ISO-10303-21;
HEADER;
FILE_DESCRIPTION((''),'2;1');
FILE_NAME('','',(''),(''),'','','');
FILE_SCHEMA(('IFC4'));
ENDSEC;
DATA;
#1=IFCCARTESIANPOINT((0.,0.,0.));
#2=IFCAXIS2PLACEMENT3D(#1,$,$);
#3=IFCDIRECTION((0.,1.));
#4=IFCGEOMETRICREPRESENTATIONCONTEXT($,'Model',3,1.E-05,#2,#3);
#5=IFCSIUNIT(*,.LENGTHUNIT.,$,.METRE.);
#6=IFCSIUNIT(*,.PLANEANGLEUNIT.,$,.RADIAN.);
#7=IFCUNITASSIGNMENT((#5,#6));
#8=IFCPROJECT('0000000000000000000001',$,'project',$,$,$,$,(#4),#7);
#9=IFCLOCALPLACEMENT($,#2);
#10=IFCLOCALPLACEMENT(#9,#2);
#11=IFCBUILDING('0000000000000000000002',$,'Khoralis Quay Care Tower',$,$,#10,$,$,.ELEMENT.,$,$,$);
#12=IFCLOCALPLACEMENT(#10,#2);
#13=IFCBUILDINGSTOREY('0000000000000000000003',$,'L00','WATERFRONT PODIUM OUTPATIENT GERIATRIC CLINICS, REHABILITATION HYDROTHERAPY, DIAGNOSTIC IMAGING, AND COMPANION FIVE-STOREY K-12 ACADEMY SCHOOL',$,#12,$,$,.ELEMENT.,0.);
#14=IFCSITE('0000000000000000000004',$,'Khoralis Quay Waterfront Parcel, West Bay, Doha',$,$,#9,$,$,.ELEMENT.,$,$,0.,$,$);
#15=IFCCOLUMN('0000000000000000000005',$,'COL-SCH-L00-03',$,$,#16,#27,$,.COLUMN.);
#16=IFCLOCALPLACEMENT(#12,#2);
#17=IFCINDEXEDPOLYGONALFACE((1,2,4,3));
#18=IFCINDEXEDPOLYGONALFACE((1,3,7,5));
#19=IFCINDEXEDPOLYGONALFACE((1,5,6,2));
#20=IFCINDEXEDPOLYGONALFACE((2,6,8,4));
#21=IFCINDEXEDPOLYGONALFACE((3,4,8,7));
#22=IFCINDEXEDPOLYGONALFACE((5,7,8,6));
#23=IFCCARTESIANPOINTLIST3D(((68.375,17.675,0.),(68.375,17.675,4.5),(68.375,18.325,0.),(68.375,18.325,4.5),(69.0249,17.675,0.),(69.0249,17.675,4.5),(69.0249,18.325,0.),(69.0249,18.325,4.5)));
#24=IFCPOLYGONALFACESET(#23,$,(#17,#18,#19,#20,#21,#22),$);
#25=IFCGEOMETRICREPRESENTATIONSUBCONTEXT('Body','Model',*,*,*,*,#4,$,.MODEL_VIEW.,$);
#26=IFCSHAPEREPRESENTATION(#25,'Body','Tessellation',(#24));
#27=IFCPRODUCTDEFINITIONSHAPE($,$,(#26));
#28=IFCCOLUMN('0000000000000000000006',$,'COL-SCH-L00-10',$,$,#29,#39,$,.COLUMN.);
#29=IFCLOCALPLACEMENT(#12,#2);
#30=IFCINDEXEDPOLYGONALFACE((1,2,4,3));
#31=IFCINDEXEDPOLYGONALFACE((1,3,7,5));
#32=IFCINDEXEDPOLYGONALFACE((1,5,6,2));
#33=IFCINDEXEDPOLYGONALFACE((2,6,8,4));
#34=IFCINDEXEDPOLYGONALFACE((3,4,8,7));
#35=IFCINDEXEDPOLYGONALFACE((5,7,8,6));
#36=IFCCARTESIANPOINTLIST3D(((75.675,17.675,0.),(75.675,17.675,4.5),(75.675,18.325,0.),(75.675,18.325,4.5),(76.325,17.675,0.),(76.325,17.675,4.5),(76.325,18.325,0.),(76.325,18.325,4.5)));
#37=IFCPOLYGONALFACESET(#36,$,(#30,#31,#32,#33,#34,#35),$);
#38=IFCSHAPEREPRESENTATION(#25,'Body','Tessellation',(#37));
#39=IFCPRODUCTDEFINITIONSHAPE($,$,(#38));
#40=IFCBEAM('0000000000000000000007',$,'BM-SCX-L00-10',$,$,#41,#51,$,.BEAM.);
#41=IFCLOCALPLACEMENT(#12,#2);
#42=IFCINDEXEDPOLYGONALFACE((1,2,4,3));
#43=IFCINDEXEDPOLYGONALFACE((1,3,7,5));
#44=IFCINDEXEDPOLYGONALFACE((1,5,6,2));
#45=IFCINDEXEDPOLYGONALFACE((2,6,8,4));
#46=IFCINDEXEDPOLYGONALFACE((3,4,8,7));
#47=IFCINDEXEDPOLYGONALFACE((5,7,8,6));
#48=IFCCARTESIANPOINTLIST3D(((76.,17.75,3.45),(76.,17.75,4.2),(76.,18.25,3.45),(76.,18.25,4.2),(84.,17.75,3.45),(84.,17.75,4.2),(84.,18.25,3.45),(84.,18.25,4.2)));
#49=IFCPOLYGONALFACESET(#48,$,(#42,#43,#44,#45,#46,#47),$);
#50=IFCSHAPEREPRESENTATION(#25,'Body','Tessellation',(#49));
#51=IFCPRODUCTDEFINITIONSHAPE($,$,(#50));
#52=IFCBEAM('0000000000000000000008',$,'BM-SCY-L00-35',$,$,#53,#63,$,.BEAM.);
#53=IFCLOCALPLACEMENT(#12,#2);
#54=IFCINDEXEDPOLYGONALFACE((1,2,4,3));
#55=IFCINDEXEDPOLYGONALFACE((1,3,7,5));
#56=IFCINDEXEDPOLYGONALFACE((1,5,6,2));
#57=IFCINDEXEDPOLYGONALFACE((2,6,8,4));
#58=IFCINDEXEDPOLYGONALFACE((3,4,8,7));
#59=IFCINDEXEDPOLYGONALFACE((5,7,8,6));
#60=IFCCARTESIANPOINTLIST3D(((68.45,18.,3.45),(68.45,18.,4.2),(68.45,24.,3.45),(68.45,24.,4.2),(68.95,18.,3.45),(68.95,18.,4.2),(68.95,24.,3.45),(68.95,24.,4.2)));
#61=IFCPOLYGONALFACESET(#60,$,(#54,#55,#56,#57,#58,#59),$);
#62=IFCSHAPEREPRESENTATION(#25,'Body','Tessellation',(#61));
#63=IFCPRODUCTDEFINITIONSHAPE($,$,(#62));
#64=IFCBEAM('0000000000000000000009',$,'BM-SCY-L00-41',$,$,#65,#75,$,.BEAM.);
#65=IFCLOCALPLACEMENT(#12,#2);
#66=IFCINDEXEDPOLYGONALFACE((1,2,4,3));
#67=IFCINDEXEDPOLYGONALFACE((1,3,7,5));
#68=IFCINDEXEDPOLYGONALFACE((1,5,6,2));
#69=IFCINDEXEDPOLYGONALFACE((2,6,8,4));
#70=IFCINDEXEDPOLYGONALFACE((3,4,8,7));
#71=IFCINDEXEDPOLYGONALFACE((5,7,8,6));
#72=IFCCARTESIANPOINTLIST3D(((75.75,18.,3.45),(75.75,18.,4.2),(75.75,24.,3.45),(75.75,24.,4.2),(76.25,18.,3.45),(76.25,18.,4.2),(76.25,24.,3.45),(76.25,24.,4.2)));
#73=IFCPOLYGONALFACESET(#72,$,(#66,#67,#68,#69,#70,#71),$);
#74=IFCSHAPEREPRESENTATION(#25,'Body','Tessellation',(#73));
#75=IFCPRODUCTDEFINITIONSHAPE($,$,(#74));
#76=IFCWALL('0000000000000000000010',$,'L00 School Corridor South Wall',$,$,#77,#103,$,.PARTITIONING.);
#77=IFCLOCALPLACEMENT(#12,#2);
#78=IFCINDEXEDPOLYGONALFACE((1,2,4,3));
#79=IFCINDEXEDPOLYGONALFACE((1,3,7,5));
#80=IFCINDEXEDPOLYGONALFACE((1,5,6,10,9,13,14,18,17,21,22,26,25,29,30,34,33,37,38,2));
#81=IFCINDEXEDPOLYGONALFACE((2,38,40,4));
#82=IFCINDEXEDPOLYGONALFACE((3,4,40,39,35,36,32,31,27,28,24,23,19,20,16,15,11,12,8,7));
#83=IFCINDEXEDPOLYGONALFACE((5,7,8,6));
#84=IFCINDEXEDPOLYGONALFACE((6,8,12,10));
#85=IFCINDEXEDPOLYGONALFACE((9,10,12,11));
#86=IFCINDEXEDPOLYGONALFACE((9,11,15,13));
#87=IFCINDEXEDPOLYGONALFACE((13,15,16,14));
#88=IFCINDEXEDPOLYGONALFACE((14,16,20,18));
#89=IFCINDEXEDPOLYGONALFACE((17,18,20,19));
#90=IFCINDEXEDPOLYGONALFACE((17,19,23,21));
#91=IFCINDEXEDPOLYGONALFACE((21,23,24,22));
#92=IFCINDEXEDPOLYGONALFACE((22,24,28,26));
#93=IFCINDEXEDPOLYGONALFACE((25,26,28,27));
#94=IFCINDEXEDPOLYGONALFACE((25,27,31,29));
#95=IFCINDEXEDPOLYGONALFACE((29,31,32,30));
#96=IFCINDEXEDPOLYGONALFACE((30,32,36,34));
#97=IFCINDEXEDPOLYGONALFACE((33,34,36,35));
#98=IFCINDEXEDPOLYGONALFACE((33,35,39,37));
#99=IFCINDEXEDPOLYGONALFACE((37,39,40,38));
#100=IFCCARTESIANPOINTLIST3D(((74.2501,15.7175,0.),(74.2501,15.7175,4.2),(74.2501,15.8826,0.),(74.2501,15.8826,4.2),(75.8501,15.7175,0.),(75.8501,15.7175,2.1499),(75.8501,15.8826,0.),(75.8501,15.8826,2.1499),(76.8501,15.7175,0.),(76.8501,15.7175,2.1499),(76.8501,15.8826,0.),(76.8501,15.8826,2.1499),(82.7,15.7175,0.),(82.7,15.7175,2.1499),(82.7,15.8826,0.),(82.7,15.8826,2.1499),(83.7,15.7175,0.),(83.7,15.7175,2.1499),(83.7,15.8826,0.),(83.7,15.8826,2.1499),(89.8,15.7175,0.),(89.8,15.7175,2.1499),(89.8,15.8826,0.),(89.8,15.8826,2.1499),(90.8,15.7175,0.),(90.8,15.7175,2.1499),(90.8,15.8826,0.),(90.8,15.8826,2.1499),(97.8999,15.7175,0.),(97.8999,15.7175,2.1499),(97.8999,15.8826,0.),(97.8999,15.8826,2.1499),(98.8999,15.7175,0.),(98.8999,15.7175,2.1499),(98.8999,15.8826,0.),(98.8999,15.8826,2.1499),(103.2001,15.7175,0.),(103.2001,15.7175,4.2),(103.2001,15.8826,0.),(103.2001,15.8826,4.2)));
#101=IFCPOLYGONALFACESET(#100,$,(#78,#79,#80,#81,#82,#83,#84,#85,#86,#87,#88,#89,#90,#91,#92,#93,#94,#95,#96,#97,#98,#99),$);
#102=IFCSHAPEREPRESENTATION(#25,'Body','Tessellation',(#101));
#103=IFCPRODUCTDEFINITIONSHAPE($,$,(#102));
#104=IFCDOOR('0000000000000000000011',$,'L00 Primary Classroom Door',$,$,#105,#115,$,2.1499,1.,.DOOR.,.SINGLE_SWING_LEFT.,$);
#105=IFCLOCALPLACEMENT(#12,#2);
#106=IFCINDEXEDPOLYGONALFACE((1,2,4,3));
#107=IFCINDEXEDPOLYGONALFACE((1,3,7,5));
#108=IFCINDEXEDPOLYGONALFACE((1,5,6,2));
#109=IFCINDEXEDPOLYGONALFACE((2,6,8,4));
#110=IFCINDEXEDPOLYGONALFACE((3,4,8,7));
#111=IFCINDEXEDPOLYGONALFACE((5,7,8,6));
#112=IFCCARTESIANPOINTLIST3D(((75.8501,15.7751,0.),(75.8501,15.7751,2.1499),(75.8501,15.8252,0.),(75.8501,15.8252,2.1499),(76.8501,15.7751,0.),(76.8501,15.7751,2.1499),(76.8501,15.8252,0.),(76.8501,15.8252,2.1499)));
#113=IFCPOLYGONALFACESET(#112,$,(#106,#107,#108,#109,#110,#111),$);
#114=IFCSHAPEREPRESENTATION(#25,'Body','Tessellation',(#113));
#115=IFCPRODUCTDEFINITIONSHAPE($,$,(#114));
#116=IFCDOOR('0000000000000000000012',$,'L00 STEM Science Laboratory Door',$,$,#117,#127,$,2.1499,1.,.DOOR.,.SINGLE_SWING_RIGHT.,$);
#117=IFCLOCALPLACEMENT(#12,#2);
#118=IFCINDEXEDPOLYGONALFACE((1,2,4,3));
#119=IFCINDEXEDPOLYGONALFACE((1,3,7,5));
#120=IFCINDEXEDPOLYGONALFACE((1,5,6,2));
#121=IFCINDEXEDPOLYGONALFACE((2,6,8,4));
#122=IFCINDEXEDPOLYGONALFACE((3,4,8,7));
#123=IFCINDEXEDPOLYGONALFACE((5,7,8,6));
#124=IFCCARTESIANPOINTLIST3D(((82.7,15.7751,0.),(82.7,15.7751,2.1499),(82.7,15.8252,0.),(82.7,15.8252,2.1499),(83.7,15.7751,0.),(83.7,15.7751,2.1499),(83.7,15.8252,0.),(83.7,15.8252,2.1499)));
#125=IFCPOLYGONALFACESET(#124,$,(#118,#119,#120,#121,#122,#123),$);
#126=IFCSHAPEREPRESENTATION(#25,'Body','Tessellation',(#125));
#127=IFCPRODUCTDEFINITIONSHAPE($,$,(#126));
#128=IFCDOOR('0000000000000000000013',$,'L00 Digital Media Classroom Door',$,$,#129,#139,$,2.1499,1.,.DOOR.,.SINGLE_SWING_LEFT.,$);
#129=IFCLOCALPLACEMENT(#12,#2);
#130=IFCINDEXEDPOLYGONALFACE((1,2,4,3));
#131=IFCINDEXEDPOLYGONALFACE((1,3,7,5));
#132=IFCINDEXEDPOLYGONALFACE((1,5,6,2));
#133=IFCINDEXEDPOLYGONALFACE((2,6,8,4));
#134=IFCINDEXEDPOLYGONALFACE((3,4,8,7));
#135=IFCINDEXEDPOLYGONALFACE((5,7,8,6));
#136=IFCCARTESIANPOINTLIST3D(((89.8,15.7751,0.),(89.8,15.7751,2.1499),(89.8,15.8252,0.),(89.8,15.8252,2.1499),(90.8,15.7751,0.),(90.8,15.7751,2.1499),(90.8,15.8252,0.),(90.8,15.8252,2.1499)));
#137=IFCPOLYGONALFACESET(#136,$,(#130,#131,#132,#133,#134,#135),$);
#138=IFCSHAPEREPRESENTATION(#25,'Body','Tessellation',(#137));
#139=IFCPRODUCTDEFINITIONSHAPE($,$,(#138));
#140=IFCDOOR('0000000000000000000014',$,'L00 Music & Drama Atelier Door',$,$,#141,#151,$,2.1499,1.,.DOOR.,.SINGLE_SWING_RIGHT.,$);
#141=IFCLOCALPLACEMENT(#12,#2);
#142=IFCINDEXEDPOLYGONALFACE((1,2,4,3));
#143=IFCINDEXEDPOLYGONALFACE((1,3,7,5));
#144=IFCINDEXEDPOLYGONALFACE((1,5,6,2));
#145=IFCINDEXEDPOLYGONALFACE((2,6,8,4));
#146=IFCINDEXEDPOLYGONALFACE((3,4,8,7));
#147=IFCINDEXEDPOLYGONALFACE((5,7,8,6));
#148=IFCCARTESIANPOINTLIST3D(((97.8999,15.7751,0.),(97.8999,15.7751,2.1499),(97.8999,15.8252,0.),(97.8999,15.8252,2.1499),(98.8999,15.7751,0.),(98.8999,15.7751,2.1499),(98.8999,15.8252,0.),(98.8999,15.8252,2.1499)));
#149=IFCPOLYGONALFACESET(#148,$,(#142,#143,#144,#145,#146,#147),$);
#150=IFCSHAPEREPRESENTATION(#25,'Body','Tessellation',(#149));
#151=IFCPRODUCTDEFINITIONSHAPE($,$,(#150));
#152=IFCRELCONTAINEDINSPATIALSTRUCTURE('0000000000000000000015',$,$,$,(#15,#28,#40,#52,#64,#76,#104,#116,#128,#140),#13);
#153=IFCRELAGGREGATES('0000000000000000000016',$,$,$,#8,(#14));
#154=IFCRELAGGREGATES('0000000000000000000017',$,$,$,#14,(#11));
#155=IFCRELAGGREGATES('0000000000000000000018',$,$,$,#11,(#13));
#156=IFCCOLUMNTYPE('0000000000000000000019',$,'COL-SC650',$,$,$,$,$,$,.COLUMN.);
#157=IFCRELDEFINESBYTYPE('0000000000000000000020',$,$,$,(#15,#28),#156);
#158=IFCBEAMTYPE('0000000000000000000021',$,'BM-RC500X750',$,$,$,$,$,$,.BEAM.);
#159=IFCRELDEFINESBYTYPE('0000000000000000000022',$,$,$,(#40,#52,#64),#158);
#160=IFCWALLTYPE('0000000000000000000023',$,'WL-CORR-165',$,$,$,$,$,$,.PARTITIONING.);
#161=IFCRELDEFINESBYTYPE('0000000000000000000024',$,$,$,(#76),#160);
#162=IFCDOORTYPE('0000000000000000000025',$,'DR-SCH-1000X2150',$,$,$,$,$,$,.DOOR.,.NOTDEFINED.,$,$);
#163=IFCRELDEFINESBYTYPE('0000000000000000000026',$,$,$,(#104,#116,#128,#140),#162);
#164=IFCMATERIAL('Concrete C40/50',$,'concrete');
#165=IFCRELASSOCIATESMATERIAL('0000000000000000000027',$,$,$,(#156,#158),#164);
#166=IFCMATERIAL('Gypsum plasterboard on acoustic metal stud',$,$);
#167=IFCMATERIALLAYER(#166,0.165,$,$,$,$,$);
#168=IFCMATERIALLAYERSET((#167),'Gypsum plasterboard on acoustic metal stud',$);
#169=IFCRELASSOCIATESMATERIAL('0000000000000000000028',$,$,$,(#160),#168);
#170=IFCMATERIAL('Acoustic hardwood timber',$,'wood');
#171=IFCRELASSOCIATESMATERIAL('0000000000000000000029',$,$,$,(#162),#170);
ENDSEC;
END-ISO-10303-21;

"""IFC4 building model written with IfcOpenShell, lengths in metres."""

from ifc_helpers import new_model, si_unit, direction, frame, frame_2d, origin, origin_2d, place, context, subcontext, project, spatial, rectangle, extrude, source, transform, mapped, material, layer, layer_set, material_profile, profile_set, type_object, element, fill, save


model = new_model("IFC4")

# Units and contexts
model_context = context("Model", 3, precision=1e-05, world=origin(), true_north=direction((0.0, 1.0)))
body_context = subcontext(model_context, "Body", "Model", "MODEL_VIEW")
ifc_project = project(units=[si_unit("LENGTHUNIT", "METRE"), si_unit("PLANEANGLEUNIT", "RADIAN")], contexts=[model_context])

# Site, building, storey
site_placement = place(None, origin())
site = spatial("IfcSite", under=ifc_project, at=site_placement, Name="Khoralis Quay Waterfront Parcel, West Bay, Doha", CompositionType="ELEMENT", RefElevation=0.0)
building_placement = place(site_placement, origin())
building = spatial("IfcBuilding", under=site, at=building_placement, Name="Khoralis Quay Care Tower", CompositionType="ELEMENT")
storey_placement = place(building_placement, origin())
storey = spatial("IfcBuildingStorey", under=building, at=storey_placement, Name="L00", Description="WATERFRONT PODIUM OUTPATIENT GERIATRIC CLINICS, REHABILITATION HYDROTHERAPY, DIAGNOSTIC IMAGING, AND COMPANION FIVE-STOREY K-12 ACADEMY SCHOOL", CompositionType="ELEMENT", Elevation=0.0)

# Columns
ifc_material_1 = material(Name="Concrete C40/50", Category="concrete")
ifc_material_profile_1 = material_profile(ifc_material_1, rectangle(XDim=0.6499, YDim=0.6499, at=origin_2d()), Name="Concrete C40/50")
ifc_profile_set_1 = profile_set([ifc_material_profile_1], Name="Concrete C40/50")
column_type = type_object("IfcColumnType", Name="COL-SC650", PredefinedType="COLUMN", material=ifc_profile_set_1)
shared_shape_1 = source(origin(), body_context, "Body", "SweptSolid", [
    extrude(rectangle(XDim=0.6499, YDim=0.6499, at=origin_2d()), origin(), (0.0, 0.0, 1.0), 4.5),
])
for number, where, z_axis, x_axis, name in (
    (1, (68.7, 18.0, 0.0), (0.0, 0.0, 1.0), (1.0, 0.0, 0.0), "COL-SCH-L00-03"),
    (2, (76.0, 18.0, 0.0), (0.0, 0.0, 1.0), (1.0, 0.0, 0.0), "COL-SCH-L00-10"),
):
    element("IfcColumn", number, at=place(storey_placement, frame(where, z_axis=z_axis, x_axis=x_axis)), inside=storey, type_object=column_type, Name=name, PredefinedType="COLUMN", context=body_context, shape_type="MappedRepresentation", body=[
        mapped(shared_shape_1, transform((0.0, 0.0, 0.0), scale=1.0)),
    ])

# Beams
ifc_material_profile_2 = material_profile(ifc_material_1, rectangle(XDim=0.5, YDim=0.75, at=origin_2d()), Name="Concrete C40/50")
ifc_profile_set_2 = profile_set([ifc_material_profile_2], Name="Concrete C40/50")
beam_type = type_object("IfcBeamType", Name="BM-RC500X750", PredefinedType="BEAM", material=ifc_profile_set_2)
shared_shape_2 = source(origin(), body_context, "Body", "SweptSolid", [
    extrude(rectangle(XDim=0.5, YDim=0.75, at=origin_2d()), origin(), (0.0, 0.0, 1.0), 8.0),
])
beam_placement = place(storey_placement, frame((76.0, 18.0, 3.825), z_axis=(1.0, 0.0, 0.0), x_axis=(0.0, 1.0, 0.0)))
element("IfcBeam", 3, at=beam_placement, inside=storey, type_object=beam_type, Name="BM-SCX-L00-10", PredefinedType="BEAM", context=body_context, shape_type="MappedRepresentation", body=[
    mapped(shared_shape_2, transform((0.0, 0.0, 0.0), scale=1.0)),
])
shared_shape_3 = source(origin(), body_context, "Body", "SweptSolid", [
    extrude(rectangle(XDim=0.5, YDim=0.75, at=origin_2d()), origin(), (0.0, 0.0, 1.0), 6.0),
])
for number, where, z_axis, x_axis, name in (
    (4, (68.7, 18.0, 3.825), (0.0, 1.0, 0.0), (-1.0, 0.0, 0.0), "BM-SCY-L00-35"),
    (5, (76.0, 18.0, 3.825), (0.0, 1.0, 0.0), (-1.0, 0.0, 0.0), "BM-SCY-L00-41"),
):
    element("IfcBeam", number, at=place(storey_placement, frame(where, z_axis=z_axis, x_axis=x_axis)), inside=storey, type_object=beam_type, Name=name, PredefinedType="BEAM", context=body_context, shape_type="MappedRepresentation", body=[
        mapped(shared_shape_3, transform((0.0, 0.0, 0.0), scale=1.0)),
    ])

# Wall, openings, doors
ifc_material_2 = material(Name="Gypsum plasterboard on acoustic metal stud")
ifc_layer_1 = layer(ifc_material_2, 0.165)
ifc_layer_set_1 = layer_set([ifc_layer_1], Name="Gypsum plasterboard on acoustic metal stud")
wall_type_1 = type_object("IfcWallType", Name="WL-CORR-165", PredefinedType="PARTITIONING", material=ifc_layer_set_1)
wall_1_placement = place(storey_placement, frame((74.25, 15.8, 0.0), z_axis=(0.0, 0.0, 1.0), x_axis=(1.0, 0.0, 0.0)))
wall_1 = element("IfcWall", 6, at=wall_1_placement, inside=storey, type_object=wall_type_1, Name="L00 School Corridor South Wall", PredefinedType="PARTITIONING", context=body_context, shape_type="SweptSolid", body=[
    extrude(rectangle(XDim=28.95, YDim=0.165, at=frame_2d((14.4751, 0.0))), origin(), (0.0, 0.0, 1.0), 4.2),
])
opening_1_placement = place(wall_1_placement, frame((1.6001, 0.0, 0.0)))
opening_1 = element("IfcOpeningElement", 7, at=opening_1_placement, cuts=wall_1, PredefinedType="OPENING", context=body_context, shape_type="SweptSolid", body=[
    extrude(rectangle(XDim=1.0, YDim=2.1499, at=frame_2d((0.5, 1.075))), frame((0.0, 0.0925, 0.0), z_axis=(0.0, -1.0, 0.0), x_axis=(1.0, 0.0, 0.0)), (0.0, 0.0, 1.0), 0.1851),
])
opening_2_placement = place(wall_1_placement, frame((8.45, 0.0, 0.0)))
opening_2 = element("IfcOpeningElement", 8, at=opening_2_placement, cuts=wall_1, PredefinedType="OPENING", context=body_context, shape_type="SweptSolid", body=[
    extrude(rectangle(XDim=1.0, YDim=2.1499, at=frame_2d((0.5, 1.075))), frame((0.0, 0.0925, 0.0), z_axis=(0.0, -1.0, 0.0), x_axis=(1.0, 0.0, 0.0)), (0.0, 0.0, 1.0), 0.1851),
])
opening_3_placement = place(wall_1_placement, frame((15.55, 0.0, 0.0)))
opening_3 = element("IfcOpeningElement", 9, at=opening_3_placement, cuts=wall_1, PredefinedType="OPENING", context=body_context, shape_type="SweptSolid", body=[
    extrude(rectangle(XDim=1.0, YDim=2.1499, at=frame_2d((0.5, 1.075))), frame((0.0, 0.0925, 0.0), z_axis=(0.0, -1.0, 0.0), x_axis=(1.0, 0.0, 0.0)), (0.0, 0.0, 1.0), 0.1851),
])
opening_4_placement = place(wall_1_placement, frame((23.6499, 0.0, 0.0)))
opening_4 = element("IfcOpeningElement", 10, at=opening_4_placement, cuts=wall_1, PredefinedType="OPENING", context=body_context, shape_type="SweptSolid", body=[
    extrude(rectangle(XDim=1.0, YDim=2.1499, at=frame_2d((0.5, 1.075))), frame((0.0, 0.0925, 0.0), z_axis=(0.0, -1.0, 0.0), x_axis=(1.0, 0.0, 0.0)), (0.0, 0.0, 1.0), 0.1851),
])
ifc_material_3 = material(Name="Acoustic hardwood timber", Category="wood")
door_type_1 = type_object("IfcDoorType", Name="DR-SCH-1000X2150", OperationType="NOTDEFINED", PredefinedType="DOOR", material=ifc_material_3)
shared_shape_4 = source(origin(), body_context, "Body", "SweptSolid", [
    extrude(rectangle(XDim=1.0, YDim=2.1499, at=frame_2d((0.5, 1.075))), frame((0.0, 0.0249, 0.0), z_axis=(0.0, -1.0, 0.0), x_axis=(1.0, 0.0, 0.0)), (0.0, 0.0, 1.0), 0.05),
])
door_1_placement = place(opening_1_placement, frame((1.0, 0.0, 0.0), z_axis=(0.0, 0.0, 1.0), x_axis=(-1.0, 0.0, 0.0)))
door_1 = element("IfcDoor", 11, at=door_1_placement, inside=storey, type_object=door_type_1, Name="L00 Primary Classroom Door", OperationType="SINGLE_SWING_LEFT", OverallHeight=2.1499, OverallWidth=1.0, PredefinedType="DOOR", context=body_context, shape_type="MappedRepresentation", body=[
    mapped(shared_shape_4, transform((0.0, 0.0, 0.0), scale=1.0)),
])
fill(opening_1, door_1)
door_2_placement = place(opening_2_placement, frame((1.0, 0.0, 0.0), z_axis=(0.0, 0.0, 1.0), x_axis=(-1.0, 0.0, 0.0)))
door_2 = element("IfcDoor", 12, at=door_2_placement, inside=storey, type_object=door_type_1, Name="L00 STEM Science Laboratory Door", OperationType="SINGLE_SWING_RIGHT", OverallHeight=2.1499, OverallWidth=1.0, PredefinedType="DOOR", context=body_context, shape_type="MappedRepresentation", body=[
    mapped(shared_shape_4, transform((0.0, 0.0, 0.0), scale=1.0)),
])
fill(opening_2, door_2)
door_3_placement = place(opening_3_placement, frame((1.0, 0.0, 0.0), z_axis=(0.0, 0.0, 1.0), x_axis=(-1.0, 0.0, 0.0)))
door_3 = element("IfcDoor", 13, at=door_3_placement, inside=storey, type_object=door_type_1, Name="L00 Digital Media Classroom Door", OperationType="SINGLE_SWING_LEFT", OverallHeight=2.1499, OverallWidth=1.0, PredefinedType="DOOR", context=body_context, shape_type="MappedRepresentation", body=[
    mapped(shared_shape_4, transform((0.0, 0.0, 0.0), scale=1.0)),
])
fill(opening_3, door_3)
door_4_placement = place(opening_4_placement, frame((1.0, 0.0, 0.0), z_axis=(0.0, 0.0, 1.0), x_axis=(-1.0, 0.0, 0.0)))
door_4 = element("IfcDoor", 14, at=door_4_placement, inside=storey, type_object=door_type_1, Name="L00 Music & Drama Atelier Door", OperationType="SINGLE_SWING_RIGHT", OverallHeight=2.1499, OverallWidth=1.0, PredefinedType="DOOR", context=body_context, shape_type="MappedRepresentation", body=[
    mapped(shared_shape_4, transform((0.0, 0.0, 0.0), scale=1.0)),
])
fill(opening_4, door_4)

save(model, "model.ifc")
